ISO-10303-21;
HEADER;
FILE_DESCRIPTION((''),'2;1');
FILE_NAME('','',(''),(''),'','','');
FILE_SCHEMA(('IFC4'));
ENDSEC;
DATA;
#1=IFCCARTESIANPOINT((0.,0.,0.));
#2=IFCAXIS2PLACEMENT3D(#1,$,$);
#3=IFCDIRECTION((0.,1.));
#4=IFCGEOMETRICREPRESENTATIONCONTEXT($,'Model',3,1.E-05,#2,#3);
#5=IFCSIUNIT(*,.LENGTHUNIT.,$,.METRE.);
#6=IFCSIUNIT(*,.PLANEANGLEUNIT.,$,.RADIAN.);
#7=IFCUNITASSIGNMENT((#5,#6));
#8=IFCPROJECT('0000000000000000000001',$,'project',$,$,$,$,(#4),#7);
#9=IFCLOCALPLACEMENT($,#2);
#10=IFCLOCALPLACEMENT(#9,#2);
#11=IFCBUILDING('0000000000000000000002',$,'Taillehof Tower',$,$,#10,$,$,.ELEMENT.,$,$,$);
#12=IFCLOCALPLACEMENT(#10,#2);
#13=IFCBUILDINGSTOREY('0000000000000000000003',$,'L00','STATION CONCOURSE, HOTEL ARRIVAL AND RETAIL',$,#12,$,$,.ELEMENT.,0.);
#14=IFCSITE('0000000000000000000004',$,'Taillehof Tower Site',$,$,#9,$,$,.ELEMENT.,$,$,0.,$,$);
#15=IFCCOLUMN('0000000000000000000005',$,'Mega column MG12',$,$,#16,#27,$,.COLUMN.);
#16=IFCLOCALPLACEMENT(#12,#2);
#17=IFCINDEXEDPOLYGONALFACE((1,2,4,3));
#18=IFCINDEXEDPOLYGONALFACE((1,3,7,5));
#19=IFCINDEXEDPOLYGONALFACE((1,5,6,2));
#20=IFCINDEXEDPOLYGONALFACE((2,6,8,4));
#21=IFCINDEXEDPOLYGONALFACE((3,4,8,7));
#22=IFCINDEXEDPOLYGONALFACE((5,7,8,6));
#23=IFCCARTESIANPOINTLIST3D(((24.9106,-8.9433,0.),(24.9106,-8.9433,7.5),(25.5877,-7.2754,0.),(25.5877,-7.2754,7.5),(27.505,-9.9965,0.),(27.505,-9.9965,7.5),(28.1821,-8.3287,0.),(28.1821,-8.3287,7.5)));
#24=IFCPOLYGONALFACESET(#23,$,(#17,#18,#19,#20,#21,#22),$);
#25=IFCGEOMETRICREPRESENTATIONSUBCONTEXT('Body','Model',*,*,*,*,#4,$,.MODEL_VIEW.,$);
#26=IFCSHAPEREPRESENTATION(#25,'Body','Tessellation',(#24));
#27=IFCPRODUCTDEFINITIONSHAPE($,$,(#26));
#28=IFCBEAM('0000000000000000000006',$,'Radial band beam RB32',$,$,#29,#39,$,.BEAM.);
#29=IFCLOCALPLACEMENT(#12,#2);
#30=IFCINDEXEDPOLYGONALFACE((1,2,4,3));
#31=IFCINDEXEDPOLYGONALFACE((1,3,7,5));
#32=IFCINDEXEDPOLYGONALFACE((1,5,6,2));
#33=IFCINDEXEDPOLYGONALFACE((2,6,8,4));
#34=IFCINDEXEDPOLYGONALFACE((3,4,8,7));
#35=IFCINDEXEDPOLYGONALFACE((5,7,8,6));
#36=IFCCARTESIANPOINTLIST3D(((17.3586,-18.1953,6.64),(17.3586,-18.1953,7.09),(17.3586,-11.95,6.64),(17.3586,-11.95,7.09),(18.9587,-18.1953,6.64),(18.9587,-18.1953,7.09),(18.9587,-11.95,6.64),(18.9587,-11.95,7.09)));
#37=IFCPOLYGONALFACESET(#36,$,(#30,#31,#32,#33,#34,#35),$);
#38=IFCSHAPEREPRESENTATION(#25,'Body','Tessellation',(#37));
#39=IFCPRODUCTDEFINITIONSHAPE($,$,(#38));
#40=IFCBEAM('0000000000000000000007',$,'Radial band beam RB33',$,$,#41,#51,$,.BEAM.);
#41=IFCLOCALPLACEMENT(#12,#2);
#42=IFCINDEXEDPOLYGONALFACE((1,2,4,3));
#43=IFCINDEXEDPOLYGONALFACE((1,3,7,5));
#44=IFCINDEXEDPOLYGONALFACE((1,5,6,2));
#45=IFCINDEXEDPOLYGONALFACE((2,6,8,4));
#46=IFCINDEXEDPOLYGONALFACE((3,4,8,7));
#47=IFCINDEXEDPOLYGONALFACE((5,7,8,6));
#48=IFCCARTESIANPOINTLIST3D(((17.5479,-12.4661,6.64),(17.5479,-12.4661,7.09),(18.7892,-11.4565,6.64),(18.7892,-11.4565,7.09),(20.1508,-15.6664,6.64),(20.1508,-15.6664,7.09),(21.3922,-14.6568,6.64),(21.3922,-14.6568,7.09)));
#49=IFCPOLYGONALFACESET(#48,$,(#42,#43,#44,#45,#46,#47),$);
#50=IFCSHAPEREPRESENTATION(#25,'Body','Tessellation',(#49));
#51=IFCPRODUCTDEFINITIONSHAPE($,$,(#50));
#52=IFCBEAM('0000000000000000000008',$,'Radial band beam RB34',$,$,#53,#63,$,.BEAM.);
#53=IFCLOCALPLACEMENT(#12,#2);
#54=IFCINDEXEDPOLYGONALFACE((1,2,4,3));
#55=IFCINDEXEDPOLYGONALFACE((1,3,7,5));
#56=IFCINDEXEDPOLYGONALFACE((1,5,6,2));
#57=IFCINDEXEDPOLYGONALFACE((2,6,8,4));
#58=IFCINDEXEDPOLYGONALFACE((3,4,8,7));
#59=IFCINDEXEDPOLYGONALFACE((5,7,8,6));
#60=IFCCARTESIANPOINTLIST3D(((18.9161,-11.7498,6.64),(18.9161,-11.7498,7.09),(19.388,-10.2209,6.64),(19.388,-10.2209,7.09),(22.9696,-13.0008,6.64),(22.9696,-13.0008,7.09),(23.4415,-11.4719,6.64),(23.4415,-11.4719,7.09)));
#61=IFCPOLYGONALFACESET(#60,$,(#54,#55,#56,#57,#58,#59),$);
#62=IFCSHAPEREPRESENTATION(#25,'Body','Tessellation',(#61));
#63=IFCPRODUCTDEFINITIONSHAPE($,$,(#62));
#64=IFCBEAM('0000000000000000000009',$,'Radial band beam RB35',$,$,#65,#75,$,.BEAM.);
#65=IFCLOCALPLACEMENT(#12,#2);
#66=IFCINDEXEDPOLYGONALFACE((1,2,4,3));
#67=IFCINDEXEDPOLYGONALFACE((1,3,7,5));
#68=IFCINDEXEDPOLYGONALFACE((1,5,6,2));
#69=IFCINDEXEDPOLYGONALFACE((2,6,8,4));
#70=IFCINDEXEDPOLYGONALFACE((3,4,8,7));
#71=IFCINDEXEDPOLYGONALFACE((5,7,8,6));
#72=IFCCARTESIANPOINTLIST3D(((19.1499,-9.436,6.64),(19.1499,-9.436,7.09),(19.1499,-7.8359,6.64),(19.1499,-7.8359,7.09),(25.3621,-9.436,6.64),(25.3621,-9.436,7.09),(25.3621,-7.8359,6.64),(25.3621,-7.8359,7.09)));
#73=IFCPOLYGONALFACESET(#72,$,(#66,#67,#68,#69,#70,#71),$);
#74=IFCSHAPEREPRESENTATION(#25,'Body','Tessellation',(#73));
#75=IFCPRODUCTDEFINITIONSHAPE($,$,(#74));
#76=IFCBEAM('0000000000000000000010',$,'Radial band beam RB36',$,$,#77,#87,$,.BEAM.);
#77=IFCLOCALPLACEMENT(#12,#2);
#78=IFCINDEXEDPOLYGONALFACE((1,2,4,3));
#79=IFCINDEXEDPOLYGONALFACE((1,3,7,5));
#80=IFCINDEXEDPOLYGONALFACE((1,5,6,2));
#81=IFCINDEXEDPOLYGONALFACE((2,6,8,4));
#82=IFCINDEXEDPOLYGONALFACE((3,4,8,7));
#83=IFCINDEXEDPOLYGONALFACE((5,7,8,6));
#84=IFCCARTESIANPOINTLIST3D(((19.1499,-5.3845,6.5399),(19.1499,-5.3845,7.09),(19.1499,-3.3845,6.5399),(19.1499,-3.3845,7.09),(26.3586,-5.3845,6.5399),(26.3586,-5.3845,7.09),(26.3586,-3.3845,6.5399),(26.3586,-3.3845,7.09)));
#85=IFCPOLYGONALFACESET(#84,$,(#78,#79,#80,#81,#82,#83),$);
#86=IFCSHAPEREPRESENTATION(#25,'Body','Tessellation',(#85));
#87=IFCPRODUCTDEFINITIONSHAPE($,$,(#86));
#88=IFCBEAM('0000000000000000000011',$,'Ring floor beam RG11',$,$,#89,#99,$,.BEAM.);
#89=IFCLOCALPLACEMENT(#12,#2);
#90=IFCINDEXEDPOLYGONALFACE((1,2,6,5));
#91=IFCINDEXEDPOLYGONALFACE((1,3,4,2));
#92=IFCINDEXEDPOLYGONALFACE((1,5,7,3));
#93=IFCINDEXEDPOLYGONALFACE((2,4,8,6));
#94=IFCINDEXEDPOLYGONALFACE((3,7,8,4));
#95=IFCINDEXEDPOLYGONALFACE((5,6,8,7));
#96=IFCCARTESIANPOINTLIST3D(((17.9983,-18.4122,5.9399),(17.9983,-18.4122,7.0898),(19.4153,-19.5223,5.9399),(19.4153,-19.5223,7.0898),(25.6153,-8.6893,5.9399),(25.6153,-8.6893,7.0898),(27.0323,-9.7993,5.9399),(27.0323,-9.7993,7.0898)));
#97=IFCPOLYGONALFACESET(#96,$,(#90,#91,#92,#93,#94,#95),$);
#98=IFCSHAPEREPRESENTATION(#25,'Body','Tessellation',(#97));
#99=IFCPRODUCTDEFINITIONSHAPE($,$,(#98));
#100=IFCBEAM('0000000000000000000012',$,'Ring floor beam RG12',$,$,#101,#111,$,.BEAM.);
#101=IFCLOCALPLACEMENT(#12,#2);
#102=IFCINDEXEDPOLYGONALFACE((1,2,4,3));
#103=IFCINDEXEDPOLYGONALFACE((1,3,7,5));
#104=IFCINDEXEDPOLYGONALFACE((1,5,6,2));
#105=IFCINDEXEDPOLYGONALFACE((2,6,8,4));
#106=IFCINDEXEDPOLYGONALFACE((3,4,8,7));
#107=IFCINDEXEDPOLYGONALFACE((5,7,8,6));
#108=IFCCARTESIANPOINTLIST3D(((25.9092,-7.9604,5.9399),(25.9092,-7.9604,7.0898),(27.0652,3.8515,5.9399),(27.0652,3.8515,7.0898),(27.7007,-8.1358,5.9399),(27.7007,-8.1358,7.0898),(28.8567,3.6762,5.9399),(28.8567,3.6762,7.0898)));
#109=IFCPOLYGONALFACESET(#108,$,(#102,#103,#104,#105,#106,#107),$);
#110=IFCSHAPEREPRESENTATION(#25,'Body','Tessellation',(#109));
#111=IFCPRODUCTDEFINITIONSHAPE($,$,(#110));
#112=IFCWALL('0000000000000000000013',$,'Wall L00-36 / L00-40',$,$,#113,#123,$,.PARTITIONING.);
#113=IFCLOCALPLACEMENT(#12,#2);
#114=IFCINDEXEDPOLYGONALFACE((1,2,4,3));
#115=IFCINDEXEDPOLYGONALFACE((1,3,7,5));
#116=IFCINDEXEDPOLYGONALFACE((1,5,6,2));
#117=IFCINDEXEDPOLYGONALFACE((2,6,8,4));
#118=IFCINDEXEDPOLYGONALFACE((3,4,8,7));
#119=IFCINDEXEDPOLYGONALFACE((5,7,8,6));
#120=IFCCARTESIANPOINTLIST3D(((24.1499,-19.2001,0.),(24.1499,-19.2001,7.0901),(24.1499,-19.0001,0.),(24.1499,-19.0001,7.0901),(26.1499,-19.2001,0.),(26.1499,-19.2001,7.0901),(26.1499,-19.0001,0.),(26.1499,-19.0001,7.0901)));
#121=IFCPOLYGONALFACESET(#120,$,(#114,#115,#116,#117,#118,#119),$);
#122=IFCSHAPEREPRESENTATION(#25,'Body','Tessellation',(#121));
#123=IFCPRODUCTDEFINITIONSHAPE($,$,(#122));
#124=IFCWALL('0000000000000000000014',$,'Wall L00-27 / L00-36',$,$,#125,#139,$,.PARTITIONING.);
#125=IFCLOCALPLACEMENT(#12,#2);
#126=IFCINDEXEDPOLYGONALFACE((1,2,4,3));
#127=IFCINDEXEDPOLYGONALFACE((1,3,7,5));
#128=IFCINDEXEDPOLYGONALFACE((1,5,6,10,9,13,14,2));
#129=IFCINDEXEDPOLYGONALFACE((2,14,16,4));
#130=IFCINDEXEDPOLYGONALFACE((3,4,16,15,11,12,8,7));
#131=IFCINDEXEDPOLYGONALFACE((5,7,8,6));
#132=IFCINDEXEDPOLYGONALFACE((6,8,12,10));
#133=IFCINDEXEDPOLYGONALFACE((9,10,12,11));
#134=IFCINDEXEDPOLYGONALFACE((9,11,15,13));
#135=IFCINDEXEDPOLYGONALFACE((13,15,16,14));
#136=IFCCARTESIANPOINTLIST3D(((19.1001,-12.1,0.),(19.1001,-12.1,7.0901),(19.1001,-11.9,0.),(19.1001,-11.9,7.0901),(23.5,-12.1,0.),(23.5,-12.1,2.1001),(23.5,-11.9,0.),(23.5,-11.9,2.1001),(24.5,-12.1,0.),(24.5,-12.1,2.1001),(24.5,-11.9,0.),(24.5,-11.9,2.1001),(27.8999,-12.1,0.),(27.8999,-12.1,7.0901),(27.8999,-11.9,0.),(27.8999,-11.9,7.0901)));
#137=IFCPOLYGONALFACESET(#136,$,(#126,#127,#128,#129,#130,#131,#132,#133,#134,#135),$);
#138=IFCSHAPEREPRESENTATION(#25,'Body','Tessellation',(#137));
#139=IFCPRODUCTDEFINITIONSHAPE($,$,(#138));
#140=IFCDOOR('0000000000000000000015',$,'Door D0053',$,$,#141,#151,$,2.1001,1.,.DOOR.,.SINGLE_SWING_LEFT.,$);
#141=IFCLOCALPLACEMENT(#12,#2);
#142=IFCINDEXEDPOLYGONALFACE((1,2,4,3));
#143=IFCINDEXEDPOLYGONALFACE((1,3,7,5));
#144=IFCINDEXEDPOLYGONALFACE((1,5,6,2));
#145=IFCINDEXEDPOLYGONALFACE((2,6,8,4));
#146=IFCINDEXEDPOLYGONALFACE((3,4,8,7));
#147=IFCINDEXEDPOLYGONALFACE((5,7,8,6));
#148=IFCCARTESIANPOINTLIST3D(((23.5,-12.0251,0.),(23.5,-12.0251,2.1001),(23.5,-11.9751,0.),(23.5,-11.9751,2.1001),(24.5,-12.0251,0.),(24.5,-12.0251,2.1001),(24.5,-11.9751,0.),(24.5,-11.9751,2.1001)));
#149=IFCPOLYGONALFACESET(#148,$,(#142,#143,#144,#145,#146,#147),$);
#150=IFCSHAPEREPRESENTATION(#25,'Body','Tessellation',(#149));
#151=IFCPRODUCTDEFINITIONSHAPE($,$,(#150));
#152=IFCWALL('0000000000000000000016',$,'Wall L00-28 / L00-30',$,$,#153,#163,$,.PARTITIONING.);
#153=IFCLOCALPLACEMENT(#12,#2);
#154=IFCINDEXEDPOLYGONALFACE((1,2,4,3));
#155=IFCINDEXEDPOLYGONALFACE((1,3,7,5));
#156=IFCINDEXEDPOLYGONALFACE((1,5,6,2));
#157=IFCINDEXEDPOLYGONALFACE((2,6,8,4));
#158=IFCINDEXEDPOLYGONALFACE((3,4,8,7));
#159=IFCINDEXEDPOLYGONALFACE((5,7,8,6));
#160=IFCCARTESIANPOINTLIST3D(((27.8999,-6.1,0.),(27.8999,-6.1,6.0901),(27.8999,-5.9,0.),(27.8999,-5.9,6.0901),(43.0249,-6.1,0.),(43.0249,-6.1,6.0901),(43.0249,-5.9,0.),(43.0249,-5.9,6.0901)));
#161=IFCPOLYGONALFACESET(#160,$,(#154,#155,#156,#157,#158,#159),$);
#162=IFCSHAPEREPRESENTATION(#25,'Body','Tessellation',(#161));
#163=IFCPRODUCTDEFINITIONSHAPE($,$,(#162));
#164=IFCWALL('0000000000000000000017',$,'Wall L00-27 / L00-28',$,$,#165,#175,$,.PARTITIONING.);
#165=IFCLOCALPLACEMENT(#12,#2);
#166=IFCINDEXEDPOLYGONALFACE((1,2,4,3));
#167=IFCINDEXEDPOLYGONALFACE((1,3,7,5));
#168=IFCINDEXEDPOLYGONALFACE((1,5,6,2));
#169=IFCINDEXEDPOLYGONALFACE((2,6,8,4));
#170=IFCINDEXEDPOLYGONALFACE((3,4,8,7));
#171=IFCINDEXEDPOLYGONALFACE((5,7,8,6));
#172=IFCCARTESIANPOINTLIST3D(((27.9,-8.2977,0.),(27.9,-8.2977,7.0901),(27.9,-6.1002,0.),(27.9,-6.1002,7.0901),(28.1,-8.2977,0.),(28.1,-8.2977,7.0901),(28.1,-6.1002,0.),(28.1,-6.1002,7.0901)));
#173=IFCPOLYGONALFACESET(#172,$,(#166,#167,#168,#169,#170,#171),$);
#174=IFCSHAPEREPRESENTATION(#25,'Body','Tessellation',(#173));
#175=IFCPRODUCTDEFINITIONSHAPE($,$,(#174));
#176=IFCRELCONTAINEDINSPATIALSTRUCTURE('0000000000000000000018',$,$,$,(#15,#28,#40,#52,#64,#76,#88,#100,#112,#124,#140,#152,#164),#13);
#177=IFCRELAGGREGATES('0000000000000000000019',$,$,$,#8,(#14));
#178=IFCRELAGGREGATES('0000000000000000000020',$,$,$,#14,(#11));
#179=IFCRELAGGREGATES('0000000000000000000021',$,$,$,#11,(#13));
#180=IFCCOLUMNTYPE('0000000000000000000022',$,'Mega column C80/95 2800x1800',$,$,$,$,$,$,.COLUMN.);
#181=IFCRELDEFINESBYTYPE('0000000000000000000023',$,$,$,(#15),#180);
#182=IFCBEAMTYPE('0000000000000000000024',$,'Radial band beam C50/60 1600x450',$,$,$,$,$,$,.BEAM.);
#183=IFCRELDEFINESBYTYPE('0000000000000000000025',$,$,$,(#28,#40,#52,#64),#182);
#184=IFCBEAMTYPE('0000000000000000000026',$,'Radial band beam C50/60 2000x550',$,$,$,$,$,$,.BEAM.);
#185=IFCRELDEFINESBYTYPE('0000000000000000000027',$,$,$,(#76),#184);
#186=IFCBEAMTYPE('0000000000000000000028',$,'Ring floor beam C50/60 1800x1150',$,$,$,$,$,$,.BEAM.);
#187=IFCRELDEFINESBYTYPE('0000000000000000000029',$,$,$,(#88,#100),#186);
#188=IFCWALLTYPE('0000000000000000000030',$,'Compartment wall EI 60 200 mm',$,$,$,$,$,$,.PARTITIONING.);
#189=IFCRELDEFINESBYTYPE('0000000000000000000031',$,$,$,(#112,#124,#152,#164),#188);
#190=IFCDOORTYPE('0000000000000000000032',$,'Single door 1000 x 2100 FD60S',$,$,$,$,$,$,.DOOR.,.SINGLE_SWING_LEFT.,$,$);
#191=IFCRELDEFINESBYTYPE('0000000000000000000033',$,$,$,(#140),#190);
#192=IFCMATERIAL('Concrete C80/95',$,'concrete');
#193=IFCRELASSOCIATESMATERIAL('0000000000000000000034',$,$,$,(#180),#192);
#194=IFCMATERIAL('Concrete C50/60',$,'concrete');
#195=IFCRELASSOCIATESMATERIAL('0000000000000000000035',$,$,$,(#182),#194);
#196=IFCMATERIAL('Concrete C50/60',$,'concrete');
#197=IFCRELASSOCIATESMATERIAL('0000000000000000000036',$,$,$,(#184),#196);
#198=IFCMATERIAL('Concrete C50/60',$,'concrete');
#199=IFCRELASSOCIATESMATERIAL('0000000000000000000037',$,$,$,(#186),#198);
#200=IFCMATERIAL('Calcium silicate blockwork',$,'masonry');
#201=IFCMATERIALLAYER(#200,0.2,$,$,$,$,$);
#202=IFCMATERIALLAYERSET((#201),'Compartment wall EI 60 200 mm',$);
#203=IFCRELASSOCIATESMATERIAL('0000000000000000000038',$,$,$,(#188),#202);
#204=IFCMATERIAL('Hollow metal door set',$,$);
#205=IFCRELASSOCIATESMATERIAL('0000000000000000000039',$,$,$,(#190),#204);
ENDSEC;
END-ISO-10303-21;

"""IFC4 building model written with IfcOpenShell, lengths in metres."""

from ifc_helpers import new_model, si_unit, direction, frame, frame_2d, origin, origin_2d, place, context, subcontext, project, spatial, rectangle, extrude, material, layer, layer_set, material_profile, profile_set, type_object, element, fill, save


model = new_model("IFC4")

# Units and contexts
model_context = context("Model", 3, precision=1e-05, world=origin(), true_north=direction((0.0, 1.0)))
body_context = subcontext(model_context, "Body", "Model", "MODEL_VIEW")
ifc_project = project(units=[si_unit("LENGTHUNIT", "METRE"), si_unit("PLANEANGLEUNIT", "RADIAN")], contexts=[model_context])

# Site, building, storey
site_placement = place(None, origin())
site = spatial("IfcSite", under=ifc_project, at=site_placement, Name="Taillehof Tower Site", CompositionType="ELEMENT", RefElevation=0.0)
building_placement = place(site_placement, origin())
building = spatial("IfcBuilding", under=site, at=building_placement, Name="Taillehof Tower", CompositionType="ELEMENT")
storey_placement = place(building_placement, origin())
storey = spatial("IfcBuildingStorey", under=building, at=storey_placement, Name="L00", Description="STATION CONCOURSE, HOTEL ARRIVAL AND RETAIL", CompositionType="ELEMENT", Elevation=0.0)

# Column
ifc_material_1 = material(Name="Concrete C80/95", Category="concrete")
ifc_material_profile_1 = material_profile(ifc_material_1, rectangle(XDim=2.8, YDim=1.8, at=origin_2d()), Name="RC 2800x1800")
ifc_profile_set_1 = profile_set([ifc_material_profile_1], Name="Concrete C80/95")
column_type = type_object("IfcColumnType", Name="Mega column C80/95 2800x1800", PredefinedType="COLUMN", material=ifc_profile_set_1)
column_placement = place(storey_placement, frame((26.5464, -8.636, 0.0), z_axis=(0.0, 0.0, 1.0), x_axis=(0.926558, -0.376152, 0.0)))
element("IfcColumn", 1, at=column_placement, inside=storey, type_object=column_type, Name="Mega column MG12", PredefinedType="COLUMN", context=body_context, shape_type="SweptSolid", body=[
    extrude(rectangle(XDim=2.8, YDim=1.8, at=origin_2d()), origin(), (0.0, 0.0, 1.0), 7.5),
])

# Beams
ifc_material_2 = material(Name="Concrete C50/60", Category="concrete")
ifc_material_profile_2 = material_profile(ifc_material_2, rectangle(XDim=1.6001, YDim=0.45, at=origin_2d()), Name="RC 1600x450")
ifc_profile_set_2 = profile_set([ifc_material_profile_2], Name="Concrete C50/60")
beam_type_1 = type_object("IfcBeamType", Name="Radial band beam C50/60 1600x450", PredefinedType="BEAM", material=ifc_profile_set_2)
beam_1_placement = place(storey_placement, frame((18.1587, -18.1953, 6.865), z_axis=(0.0, 1.0, 0.0), x_axis=(-1.0, 0.0, 0.0)))
element("IfcBeam", 2, at=beam_1_placement, inside=storey, type_object=beam_type_1, Name="Radial band beam RB32", PredefinedType="BEAM", context=body_context, shape_type="SweptSolid", body=[
    extrude(rectangle(XDim=1.6001, YDim=0.45, at=origin_2d()), origin(), (0.0, 0.0, 1.0), 6.2454),
])
beam_2_placement = place(storey_placement, frame((20.7715, -15.1616, 6.865), z_axis=(-0.630982, 0.775797, 0.0), x_axis=(-0.775797, -0.630982, 0.0)))
element("IfcBeam", 3, at=beam_2_placement, inside=storey, type_object=beam_type_1, Name="Radial band beam RB33", PredefinedType="BEAM", context=body_context, shape_type="SweptSolid", body=[
    extrude(rectangle(XDim=1.6001, YDim=0.45, at=origin_2d()), origin(), (0.0, 0.0, 1.0), 4.1252),
])
beam_3_placement = place(storey_placement, frame((23.2056, -12.2363, 6.865), z_axis=(-0.95553, 0.294895, 0.0), x_axis=(-0.294895, -0.95553, 0.0)))
element("IfcBeam", 4, at=beam_3_placement, inside=storey, type_object=beam_type_1, Name="Radial band beam RB34", PredefinedType="BEAM", context=body_context, shape_type="SweptSolid", body=[
    extrude(rectangle(XDim=1.6001, YDim=0.45, at=origin_2d()), origin(), (0.0, 0.0, 1.0), 4.2422),
])
beam_4_placement = place(storey_placement, frame((25.3621, -8.636, 6.865), z_axis=(-1.0, 0.0, 0.0), x_axis=(0.0, -1.0, 0.0)))
element("IfcBeam", 5, at=beam_4_placement, inside=storey, type_object=beam_type_1, Name="Radial band beam RB35", PredefinedType="BEAM", context=body_context, shape_type="SweptSolid", body=[
    extrude(rectangle(XDim=1.6001, YDim=0.45, at=origin_2d()), origin(), (0.0, 0.0, 1.0), 6.2122),
])
ifc_material_3 = material(Name="Concrete C50/60", Category="concrete")
ifc_material_profile_3 = material_profile(ifc_material_3, rectangle(XDim=2.0, YDim=0.55, at=origin_2d()), Name="RC 2000x550")
ifc_profile_set_3 = profile_set([ifc_material_profile_3], Name="Concrete C50/60")
beam_type_2 = type_object("IfcBeamType", Name="Radial band beam C50/60 2000x550", PredefinedType="BEAM", material=ifc_profile_set_3)
beam_5_placement = place(storey_placement, frame((26.3586, -4.3845, 6.8149), z_axis=(-1.0, 0.0, 0.0), x_axis=(0.0, -1.0, 0.0)))
element("IfcBeam", 6, at=beam_5_placement, inside=storey, type_object=beam_type_2, Name="Radial band beam RB36", PredefinedType="BEAM", context=body_context, shape_type="SweptSolid", body=[
    extrude(rectangle(XDim=2.0, YDim=0.55, at=origin_2d()), origin(), (0.0, 0.0, 1.0), 7.2087),
])
ifc_material_4 = material(Name="Concrete C50/60", Category="concrete")
ifc_material_profile_4 = material_profile(ifc_material_4, rectangle(XDim=1.8, YDim=1.1499, at=origin_2d()), Name="RC 1800x1150")
ifc_profile_set_4 = profile_set([ifc_material_profile_4], Name="Concrete C50/60")
beam_type_3 = type_object("IfcBeamType", Name="Ring floor beam C50/60 1800x1150", PredefinedType="BEAM", material=ifc_profile_set_4)
beam_6_placement = place(storey_placement, frame((18.7068, -18.9673, 6.5149), z_axis=(0.616696, 0.787202, 0.0), x_axis=(-0.787202, 0.616696, 0.0)))
element("IfcBeam", 7, at=beam_6_placement, inside=storey, type_object=beam_type_3, Name="Ring floor beam RG11", PredefinedType="BEAM", context=body_context, shape_type="SweptSolid", body=[
    extrude(rectangle(XDim=1.8, YDim=1.1499, at=origin_2d()), origin(), (0.0, 0.0, 1.0), 12.3513),
])
beam_7_placement = place(storey_placement, frame((26.8049, -8.0481, 6.5149), z_axis=(0.097402, 0.995245, 0.0), x_axis=(-0.995245, 0.097402, 0.0)))
element("IfcBeam", 8, at=beam_7_placement, inside=storey, type_object=beam_type_3, Name="Ring floor beam RG12", PredefinedType="BEAM", context=body_context, shape_type="SweptSolid", body=[
    extrude(rectangle(XDim=1.8, YDim=1.1499, at=origin_2d()), origin(), (0.0, 0.0, 1.0), 11.8684),
])

# Wall
ifc_material_5 = material(Name="Calcium silicate blockwork", Category="masonry")
ifc_layer_1 = layer(ifc_material_5, 0.2)
ifc_layer_set_1 = layer_set([ifc_layer_1], Name="Compartment wall EI 60 200 mm")
wall_type_1 = type_object("IfcWallType", Name="Compartment wall EI 60 200 mm", PredefinedType="PARTITIONING", material=ifc_layer_set_1)
wall_1_placement = place(storey_placement, frame((24.1499, -19.1001, 0.0), z_axis=(0.0, 0.0, 1.0), x_axis=(1.0, 0.0, 0.0)))
element("IfcWall", 9, at=wall_1_placement, inside=storey, type_object=wall_type_1, Name="Wall L00-36 / L00-40", PredefinedType="PARTITIONING", context=body_context, shape_type="SweptSolid", body=[
    extrude(rectangle(XDim=2.0, YDim=0.2, at=frame_2d((1.0, 0.0))), origin(), (0.0, 0.0, 1.0), 7.0901),
])

# Wall, opening, door
wall_2_placement = place(storey_placement, frame((19.1001, -12.0, 0.0), z_axis=(0.0, 0.0, 1.0), x_axis=(1.0, 0.0, 0.0)))
wall_2 = element("IfcWall", 10, at=wall_2_placement, inside=storey, type_object=wall_type_1, Name="Wall L00-27 / L00-36", PredefinedType="PARTITIONING", context=body_context, shape_type="SweptSolid", body=[
    extrude(rectangle(XDim=8.7998, YDim=0.2, at=frame_2d((4.3999, 0.0))), origin(), (0.0, 0.0, 1.0), 7.0901),
])
opening_1_placement = place(wall_2_placement, frame((4.3999, 0.0, 0.0)))
opening_1 = element("IfcOpeningElement", 11, at=opening_1_placement, cuts=wall_2, PredefinedType="OPENING", context=body_context, shape_type="SweptSolid", body=[
    extrude(rectangle(XDim=1.0, YDim=2.1001, at=frame_2d((0.5, 1.05))), frame((0.0, 0.1099, 0.0), z_axis=(0.0, -1.0, 0.0), x_axis=(1.0, 0.0, 0.0)), (0.0, 0.0, 1.0), 0.22),
])
ifc_material_6 = material(Name="Hollow metal door set")
door_type_1 = type_object("IfcDoorType", Name="Single door 1000 x 2100 FD60S", OperationType="SINGLE_SWING_LEFT", PredefinedType="DOOR", material=ifc_material_6)
door_1_placement = place(opening_1_placement, origin())
door_1 = element("IfcDoor", 12, at=door_1_placement, inside=storey, type_object=door_type_1, Name="Door D0053", OperationType="SINGLE_SWING_LEFT", OverallHeight=2.1001, OverallWidth=1.0, PredefinedType="DOOR", context=body_context, shape_type="SweptSolid", body=[
    extrude(rectangle(XDim=1.0, YDim=2.1001, at=frame_2d((0.5, 1.05))), frame((0.0, 0.0249, 0.0), z_axis=(0.0, -1.0, 0.0), x_axis=(1.0, 0.0, 0.0)), (0.0, 0.0, 1.0), 0.05),
])
fill(opening_1, door_1)

# Walls
wall_3_placement = place(storey_placement, frame((27.8999, -6.0, 0.0), z_axis=(0.0, 0.0, 1.0), x_axis=(1.0, 0.0, 0.0)))
element("IfcWall", 13, at=wall_3_placement, inside=storey, type_object=wall_type_1, Name="Wall L00-28 / L00-30", PredefinedType="PARTITIONING", context=body_context, shape_type="SweptSolid", body=[
    extrude(rectangle(XDim=15.125, YDim=0.2, at=frame_2d((7.5625, 0.0))), origin(), (0.0, 0.0, 1.0), 6.0901),
])
wall_4_placement = place(storey_placement, frame((28.0, -8.2976, 0.0), z_axis=(0.0, 0.0, 1.0), x_axis=(0.0, 1.0, 0.0)))
element("IfcWall", 14, at=wall_4_placement, inside=storey, type_object=wall_type_1, Name="Wall L00-27 / L00-28", PredefinedType="PARTITIONING", context=body_context, shape_type="SweptSolid", body=[
    extrude(rectangle(XDim=2.1975, YDim=0.2, at=frame_2d((1.0986, 0.0))), origin(), (0.0, 0.0, 1.0), 7.0901),
])

save(model, "model.ifc")
